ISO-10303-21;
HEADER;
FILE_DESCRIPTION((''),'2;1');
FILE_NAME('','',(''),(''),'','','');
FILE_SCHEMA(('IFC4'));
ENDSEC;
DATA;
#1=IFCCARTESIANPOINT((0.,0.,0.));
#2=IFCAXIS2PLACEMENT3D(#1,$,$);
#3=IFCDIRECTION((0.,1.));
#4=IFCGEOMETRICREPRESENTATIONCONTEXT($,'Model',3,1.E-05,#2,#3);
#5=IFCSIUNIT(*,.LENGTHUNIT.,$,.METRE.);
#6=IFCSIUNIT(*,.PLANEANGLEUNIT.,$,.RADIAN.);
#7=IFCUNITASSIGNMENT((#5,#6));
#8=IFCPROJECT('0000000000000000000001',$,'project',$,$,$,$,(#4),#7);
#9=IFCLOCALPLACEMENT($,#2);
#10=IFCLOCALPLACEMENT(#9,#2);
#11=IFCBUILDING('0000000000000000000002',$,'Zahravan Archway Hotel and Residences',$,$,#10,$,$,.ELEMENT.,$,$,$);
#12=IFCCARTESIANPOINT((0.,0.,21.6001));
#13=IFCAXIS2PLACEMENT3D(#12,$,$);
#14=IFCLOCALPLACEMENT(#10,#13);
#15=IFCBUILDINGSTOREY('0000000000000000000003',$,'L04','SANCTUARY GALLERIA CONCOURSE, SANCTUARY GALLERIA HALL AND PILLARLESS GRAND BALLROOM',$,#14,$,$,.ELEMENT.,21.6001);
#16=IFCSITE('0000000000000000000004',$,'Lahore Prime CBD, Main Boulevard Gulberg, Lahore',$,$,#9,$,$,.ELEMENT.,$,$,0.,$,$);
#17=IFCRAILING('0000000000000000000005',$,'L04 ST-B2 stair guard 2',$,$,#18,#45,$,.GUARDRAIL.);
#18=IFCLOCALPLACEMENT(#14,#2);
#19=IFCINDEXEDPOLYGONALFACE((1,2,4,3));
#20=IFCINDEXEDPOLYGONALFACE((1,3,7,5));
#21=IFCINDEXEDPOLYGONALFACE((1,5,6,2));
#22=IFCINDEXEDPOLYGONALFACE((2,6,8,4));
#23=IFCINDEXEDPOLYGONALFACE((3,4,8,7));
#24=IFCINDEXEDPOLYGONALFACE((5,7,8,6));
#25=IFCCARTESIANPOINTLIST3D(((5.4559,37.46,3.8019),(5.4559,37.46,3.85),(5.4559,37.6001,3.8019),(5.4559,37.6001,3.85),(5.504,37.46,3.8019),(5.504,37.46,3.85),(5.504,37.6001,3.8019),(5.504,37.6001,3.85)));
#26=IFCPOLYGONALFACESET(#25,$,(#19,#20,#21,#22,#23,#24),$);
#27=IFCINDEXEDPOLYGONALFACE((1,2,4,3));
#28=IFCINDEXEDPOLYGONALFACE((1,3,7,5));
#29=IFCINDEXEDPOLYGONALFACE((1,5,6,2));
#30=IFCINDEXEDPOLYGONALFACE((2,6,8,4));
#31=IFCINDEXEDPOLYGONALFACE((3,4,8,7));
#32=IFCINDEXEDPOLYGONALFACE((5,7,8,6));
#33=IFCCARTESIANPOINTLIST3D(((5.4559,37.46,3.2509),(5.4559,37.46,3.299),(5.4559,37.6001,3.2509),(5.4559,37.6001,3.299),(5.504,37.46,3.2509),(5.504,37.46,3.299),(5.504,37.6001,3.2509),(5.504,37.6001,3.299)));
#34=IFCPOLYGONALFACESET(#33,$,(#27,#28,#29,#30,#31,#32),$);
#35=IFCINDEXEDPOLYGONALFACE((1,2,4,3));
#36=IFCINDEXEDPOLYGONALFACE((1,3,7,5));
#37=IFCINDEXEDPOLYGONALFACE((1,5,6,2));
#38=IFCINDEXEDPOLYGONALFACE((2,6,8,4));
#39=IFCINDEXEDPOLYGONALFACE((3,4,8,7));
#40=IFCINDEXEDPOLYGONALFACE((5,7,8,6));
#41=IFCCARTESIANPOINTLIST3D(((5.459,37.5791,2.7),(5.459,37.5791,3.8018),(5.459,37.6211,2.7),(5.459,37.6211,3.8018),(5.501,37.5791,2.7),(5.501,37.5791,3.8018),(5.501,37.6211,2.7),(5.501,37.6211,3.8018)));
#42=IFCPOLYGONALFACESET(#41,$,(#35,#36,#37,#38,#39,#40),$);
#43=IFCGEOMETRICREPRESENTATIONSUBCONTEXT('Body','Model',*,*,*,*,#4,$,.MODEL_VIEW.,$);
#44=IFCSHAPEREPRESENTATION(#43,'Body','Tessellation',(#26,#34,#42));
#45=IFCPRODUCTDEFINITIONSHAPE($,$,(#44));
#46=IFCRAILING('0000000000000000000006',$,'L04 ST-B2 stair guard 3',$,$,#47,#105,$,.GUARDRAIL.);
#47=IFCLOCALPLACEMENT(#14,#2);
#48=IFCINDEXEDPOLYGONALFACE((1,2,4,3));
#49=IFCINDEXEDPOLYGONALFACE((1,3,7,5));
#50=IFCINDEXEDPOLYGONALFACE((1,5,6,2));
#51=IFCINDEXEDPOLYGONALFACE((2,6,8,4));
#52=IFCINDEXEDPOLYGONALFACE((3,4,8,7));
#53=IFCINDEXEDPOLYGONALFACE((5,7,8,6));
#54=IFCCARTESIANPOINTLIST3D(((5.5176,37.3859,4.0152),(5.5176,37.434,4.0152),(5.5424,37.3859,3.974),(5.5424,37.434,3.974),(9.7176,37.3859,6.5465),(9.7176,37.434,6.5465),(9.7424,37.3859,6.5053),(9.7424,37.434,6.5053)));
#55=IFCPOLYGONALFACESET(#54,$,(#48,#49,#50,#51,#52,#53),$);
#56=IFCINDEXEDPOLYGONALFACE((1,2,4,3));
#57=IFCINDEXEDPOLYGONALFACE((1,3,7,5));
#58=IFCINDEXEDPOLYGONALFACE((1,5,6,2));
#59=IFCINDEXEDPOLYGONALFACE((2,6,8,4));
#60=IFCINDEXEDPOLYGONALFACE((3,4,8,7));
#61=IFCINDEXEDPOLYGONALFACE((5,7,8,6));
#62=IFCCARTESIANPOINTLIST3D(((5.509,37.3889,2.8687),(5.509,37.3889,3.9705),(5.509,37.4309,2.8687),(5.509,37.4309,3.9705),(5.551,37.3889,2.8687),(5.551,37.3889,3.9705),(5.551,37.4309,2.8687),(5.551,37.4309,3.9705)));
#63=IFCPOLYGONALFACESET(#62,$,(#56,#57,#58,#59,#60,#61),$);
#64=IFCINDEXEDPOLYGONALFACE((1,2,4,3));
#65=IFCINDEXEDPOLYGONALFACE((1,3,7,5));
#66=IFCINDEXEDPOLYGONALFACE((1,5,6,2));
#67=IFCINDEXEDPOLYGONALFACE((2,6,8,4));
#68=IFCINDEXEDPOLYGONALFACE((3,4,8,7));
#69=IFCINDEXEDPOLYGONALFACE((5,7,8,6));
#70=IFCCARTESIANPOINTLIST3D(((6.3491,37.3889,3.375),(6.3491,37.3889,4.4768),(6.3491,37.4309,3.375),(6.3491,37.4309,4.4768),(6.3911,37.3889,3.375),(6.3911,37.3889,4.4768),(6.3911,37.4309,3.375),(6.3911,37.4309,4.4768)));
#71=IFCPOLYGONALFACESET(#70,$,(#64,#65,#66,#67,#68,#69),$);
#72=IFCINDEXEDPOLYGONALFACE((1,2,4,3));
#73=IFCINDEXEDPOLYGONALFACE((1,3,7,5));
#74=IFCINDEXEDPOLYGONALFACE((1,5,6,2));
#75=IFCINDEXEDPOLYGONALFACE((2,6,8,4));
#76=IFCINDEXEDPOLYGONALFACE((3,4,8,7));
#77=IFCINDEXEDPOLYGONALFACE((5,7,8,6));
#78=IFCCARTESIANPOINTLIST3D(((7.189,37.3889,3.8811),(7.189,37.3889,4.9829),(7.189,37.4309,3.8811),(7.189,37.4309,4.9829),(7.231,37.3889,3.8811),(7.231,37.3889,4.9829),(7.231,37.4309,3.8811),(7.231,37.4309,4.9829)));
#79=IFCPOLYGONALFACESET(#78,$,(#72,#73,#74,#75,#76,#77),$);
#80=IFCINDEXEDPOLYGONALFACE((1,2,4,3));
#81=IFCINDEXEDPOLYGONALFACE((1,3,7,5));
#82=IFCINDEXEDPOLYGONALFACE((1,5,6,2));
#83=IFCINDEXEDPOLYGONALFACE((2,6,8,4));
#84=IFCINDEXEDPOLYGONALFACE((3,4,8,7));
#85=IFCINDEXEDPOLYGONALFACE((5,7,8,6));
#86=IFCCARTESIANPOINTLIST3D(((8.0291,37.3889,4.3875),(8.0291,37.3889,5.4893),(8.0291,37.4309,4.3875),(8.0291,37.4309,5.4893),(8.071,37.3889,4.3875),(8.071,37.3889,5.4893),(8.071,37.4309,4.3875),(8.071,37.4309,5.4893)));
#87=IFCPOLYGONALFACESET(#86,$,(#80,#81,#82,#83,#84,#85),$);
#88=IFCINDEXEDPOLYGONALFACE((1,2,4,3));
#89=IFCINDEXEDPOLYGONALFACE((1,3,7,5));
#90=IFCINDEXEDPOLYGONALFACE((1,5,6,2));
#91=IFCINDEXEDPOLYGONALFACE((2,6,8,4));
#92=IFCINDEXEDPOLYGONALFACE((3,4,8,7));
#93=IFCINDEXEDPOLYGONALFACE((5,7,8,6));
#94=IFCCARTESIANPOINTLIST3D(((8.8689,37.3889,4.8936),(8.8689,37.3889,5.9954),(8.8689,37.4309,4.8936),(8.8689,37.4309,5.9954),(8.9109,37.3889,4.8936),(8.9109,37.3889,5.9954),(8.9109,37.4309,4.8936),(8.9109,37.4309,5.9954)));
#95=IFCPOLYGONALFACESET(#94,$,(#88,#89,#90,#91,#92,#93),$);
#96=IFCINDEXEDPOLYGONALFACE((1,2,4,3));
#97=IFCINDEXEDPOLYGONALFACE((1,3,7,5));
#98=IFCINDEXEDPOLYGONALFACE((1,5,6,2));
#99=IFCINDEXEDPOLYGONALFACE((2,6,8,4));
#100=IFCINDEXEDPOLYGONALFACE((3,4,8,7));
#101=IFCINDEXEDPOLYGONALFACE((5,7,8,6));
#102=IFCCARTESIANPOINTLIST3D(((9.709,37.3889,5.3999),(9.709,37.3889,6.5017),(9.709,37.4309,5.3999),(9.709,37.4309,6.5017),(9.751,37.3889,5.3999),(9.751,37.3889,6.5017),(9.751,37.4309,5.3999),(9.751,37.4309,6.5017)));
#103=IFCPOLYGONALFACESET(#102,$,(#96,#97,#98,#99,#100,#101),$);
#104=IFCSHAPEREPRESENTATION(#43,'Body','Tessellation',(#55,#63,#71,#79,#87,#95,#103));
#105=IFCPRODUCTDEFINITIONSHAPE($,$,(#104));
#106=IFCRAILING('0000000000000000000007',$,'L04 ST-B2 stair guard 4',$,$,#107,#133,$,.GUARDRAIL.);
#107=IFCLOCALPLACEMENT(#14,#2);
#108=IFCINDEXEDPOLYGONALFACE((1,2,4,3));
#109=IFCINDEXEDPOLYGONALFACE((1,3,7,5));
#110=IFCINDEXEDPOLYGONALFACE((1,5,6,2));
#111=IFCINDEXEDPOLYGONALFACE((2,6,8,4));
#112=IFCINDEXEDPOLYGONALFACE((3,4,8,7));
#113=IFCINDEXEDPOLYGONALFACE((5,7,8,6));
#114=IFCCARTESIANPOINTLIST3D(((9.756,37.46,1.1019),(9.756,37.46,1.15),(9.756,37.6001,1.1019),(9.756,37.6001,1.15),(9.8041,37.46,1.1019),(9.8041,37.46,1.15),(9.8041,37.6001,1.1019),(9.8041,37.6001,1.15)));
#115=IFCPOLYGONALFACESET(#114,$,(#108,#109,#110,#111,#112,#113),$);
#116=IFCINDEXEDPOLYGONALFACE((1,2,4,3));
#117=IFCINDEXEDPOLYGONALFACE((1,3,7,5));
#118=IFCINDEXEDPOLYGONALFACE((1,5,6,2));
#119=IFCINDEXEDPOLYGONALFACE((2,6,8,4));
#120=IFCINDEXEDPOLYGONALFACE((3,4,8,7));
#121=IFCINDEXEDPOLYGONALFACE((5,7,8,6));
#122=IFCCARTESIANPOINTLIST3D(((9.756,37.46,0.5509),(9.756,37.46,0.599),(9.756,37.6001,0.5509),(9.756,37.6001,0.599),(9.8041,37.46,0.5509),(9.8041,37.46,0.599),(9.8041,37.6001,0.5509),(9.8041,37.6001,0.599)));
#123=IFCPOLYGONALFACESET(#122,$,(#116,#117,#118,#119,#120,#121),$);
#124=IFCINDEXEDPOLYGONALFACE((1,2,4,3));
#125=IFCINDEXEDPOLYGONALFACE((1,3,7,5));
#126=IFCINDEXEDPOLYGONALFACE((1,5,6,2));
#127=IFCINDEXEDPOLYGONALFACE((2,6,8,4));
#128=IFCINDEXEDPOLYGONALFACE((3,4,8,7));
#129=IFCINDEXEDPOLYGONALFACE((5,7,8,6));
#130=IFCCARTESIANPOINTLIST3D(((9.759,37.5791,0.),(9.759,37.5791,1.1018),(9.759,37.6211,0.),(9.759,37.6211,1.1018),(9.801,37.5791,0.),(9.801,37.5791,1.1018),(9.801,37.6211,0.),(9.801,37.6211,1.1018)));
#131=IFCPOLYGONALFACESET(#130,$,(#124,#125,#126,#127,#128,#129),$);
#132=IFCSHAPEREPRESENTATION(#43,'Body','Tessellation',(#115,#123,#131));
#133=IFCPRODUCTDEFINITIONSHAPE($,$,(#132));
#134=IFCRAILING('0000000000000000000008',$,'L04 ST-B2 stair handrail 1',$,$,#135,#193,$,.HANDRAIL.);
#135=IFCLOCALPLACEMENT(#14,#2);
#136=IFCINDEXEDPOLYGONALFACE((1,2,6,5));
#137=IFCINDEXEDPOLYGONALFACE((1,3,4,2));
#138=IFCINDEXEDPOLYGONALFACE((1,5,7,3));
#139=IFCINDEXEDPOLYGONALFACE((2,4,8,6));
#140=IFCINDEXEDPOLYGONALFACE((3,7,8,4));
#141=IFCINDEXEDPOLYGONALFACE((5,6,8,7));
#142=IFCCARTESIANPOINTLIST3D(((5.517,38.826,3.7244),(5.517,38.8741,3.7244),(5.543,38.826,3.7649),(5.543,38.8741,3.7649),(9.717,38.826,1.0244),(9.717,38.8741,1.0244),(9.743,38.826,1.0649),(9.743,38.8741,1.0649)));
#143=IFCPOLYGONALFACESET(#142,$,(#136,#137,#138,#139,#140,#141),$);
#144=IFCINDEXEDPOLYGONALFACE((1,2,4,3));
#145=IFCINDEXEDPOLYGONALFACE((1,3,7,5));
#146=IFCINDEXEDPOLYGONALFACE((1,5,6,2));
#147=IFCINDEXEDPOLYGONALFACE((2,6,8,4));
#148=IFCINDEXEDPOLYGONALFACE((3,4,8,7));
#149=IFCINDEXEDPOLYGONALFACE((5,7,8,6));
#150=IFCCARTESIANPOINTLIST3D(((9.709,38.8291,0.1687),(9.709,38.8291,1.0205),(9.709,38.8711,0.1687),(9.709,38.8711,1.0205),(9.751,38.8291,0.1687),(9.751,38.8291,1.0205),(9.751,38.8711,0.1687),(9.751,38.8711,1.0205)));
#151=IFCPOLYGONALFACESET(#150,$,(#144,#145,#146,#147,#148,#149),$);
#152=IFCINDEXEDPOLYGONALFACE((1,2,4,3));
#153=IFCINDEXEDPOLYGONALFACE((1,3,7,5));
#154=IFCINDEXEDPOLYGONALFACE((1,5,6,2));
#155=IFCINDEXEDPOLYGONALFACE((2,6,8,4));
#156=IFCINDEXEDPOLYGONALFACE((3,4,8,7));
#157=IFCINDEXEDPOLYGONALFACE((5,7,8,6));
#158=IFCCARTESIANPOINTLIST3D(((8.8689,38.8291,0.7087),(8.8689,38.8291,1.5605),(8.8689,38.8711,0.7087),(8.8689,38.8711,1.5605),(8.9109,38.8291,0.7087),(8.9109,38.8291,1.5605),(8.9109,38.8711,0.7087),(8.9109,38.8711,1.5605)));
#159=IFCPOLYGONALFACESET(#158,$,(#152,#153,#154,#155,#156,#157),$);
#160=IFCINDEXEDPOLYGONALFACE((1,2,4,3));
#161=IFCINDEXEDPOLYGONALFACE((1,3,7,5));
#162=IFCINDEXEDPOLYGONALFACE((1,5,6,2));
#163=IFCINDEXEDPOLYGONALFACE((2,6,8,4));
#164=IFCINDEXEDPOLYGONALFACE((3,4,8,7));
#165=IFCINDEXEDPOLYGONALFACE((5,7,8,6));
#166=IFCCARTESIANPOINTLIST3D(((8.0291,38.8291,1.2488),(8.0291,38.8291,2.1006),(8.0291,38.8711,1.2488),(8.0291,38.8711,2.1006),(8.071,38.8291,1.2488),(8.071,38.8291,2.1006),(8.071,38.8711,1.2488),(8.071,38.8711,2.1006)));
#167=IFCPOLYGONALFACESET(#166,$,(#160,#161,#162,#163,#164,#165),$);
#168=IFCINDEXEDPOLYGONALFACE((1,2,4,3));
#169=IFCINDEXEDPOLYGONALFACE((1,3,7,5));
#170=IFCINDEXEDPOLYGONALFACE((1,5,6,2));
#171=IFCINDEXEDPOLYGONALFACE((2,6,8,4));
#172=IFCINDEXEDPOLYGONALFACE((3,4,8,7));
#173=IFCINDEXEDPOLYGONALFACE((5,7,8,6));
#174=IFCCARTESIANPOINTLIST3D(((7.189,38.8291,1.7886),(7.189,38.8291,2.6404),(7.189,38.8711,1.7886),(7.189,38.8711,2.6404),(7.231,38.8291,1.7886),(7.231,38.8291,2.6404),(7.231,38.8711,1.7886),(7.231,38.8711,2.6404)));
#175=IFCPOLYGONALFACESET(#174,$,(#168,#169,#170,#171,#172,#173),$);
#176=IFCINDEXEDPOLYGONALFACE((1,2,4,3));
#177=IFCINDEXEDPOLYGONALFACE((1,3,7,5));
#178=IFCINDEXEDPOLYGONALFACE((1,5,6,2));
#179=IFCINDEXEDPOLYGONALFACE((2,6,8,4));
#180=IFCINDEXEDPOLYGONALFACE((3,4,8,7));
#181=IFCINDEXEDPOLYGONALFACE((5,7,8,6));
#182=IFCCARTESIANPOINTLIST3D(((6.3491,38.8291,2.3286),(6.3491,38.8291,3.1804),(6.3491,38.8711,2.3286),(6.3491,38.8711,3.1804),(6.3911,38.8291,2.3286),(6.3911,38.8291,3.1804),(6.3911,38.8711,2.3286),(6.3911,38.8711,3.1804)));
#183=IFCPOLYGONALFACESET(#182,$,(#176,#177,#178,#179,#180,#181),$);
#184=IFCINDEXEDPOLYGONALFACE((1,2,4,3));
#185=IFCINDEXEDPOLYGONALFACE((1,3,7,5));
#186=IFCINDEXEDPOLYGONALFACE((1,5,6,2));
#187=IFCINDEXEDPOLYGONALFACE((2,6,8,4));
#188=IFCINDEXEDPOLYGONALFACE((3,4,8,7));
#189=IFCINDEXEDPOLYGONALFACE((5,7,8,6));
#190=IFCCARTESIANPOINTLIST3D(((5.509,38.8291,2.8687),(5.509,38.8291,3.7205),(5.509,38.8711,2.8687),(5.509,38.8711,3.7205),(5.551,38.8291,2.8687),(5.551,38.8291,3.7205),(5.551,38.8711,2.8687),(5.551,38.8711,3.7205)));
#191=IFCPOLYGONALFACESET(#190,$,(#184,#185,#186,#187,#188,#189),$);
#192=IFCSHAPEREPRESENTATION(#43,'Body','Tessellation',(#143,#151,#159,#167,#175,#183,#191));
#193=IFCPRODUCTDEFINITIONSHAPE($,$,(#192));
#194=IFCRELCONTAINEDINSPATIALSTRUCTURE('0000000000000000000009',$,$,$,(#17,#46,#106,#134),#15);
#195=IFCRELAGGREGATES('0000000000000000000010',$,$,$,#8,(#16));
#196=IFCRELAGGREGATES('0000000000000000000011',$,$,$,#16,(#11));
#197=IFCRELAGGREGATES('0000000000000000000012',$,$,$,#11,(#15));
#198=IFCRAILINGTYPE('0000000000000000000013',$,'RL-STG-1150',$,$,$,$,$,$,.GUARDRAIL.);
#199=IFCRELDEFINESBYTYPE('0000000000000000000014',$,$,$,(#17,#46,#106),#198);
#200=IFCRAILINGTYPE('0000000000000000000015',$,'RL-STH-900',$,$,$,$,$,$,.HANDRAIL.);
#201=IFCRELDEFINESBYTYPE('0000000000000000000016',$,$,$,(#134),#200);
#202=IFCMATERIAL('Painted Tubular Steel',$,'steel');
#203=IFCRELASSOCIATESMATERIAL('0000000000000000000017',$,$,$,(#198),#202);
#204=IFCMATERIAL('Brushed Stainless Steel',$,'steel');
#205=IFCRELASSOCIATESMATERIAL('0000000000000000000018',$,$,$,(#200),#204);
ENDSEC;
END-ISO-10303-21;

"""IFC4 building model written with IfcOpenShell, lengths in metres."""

from ifc_helpers import new_model, si_unit, direction, frame, origin, origin_2d, place, context, subcontext, project, spatial, rectangle, extrude, material, type_object, element, save


model = new_model("IFC4")

# Units and contexts
model_context = context("Model", 3, precision=1e-05, world=origin(), true_north=direction((0.0, 1.0)))
body_context = subcontext(model_context, "Body", "Model", "MODEL_VIEW")
ifc_project = project(units=[si_unit("LENGTHUNIT", "METRE"), si_unit("PLANEANGLEUNIT", "RADIAN")], contexts=[model_context])

# Site, building, storey
site_placement = place(None, origin())
site = spatial("IfcSite", under=ifc_project, at=site_placement, Name="Lahore Prime CBD, Main Boulevard Gulberg, Lahore", CompositionType="ELEMENT", RefElevation=0.0)
building_placement = place(site_placement, origin())
building = spatial("IfcBuilding", under=site, at=building_placement, Name="Zahravan Archway Hotel and Residences", CompositionType="ELEMENT")
storey_placement = place(building_placement, frame((0.0, 0.0, 21.6001)))
storey = spatial("IfcBuildingStorey", under=building, at=storey_placement, Name="L04", Description="SANCTUARY GALLERIA CONCOURSE, SANCTUARY GALLERIA HALL AND PILLARLESS GRAND BALLROOM", CompositionType="ELEMENT", Elevation=21.6001)

# Railings
ifc_material_1 = material(Name="Painted Tubular Steel", Category="steel")
railing_type_1 = type_object("IfcRailingType", Name="RL-STG-1150", PredefinedType="GUARDRAIL", material=ifc_material_1)
railing_1_placement = place(storey_placement, frame((5.48, 37.6001, 2.7)))
element("IfcRailing", 1, at=railing_1_placement, inside=storey, type_object=railing_type_1, Name="L04 ST-B2 stair guard 2", PredefinedType="GUARDRAIL", context=body_context, shape_type="SweptSolid", body=[
    extrude(rectangle(XDim=0.0481, YDim=0.0481, at=origin_2d()), frame((0.0, 0.0, 1.126), z_axis=(0.0, -1.0, 0.0), x_axis=(1.0, 0.0, 0.0)), (0.0, 0.0, 1.0), 0.1401),
    extrude(rectangle(XDim=0.0481, YDim=0.0481, at=origin_2d()), frame((0.0, 0.0, 0.575), z_axis=(0.0, -1.0, 0.0), x_axis=(1.0, 0.0, 0.0)), (0.0, 0.0, 1.0), 0.1401),
    extrude(rectangle(XDim=0.042, YDim=0.042, at=origin_2d()), origin(), (0.0, 0.0, 1.0), 1.1018),
])
railing_2_placement = place(storey_placement, frame((5.53, 37.4099, 2.8687)))
element("IfcRailing", 2, at=railing_2_placement, inside=storey, type_object=railing_type_1, Name="L04 ST-B2 stair guard 3", PredefinedType="GUARDRAIL", context=body_context, shape_type="SweptSolid", body=[
    extrude(rectangle(XDim=0.0481, YDim=0.0481, at=origin_2d()), frame((0.0, 0.0, 1.126), z_axis=(0.856476, 0.0, 0.516186), x_axis=(0.0, 1.0, 0.0)), (0.0, 0.0, 1.0), 4.9038),
    extrude(rectangle(XDim=0.042, YDim=0.042, at=origin_2d()), origin(), (0.0, 0.0, 1.0), 1.1018),
    extrude(rectangle(XDim=0.042, YDim=0.042, at=origin_2d()), frame((0.8401, 0.0, 0.5063)), (0.0, 0.0, 1.0), 1.1018),
    extrude(rectangle(XDim=0.042, YDim=0.042, at=origin_2d()), frame((1.6799, 0.0, 1.0125)), (0.0, 0.0, 1.0), 1.1018),
    extrude(rectangle(XDim=0.042, YDim=0.042, at=origin_2d()), frame((2.52, 0.0, 1.5188)), (0.0, 0.0, 1.0), 1.1018),
    extrude(rectangle(XDim=0.042, YDim=0.042, at=origin_2d()), frame((3.3599, 0.0, 2.0249)), (0.0, 0.0, 1.0), 1.1018),
    extrude(rectangle(XDim=0.042, YDim=0.042, at=origin_2d()), frame((4.2, 0.0, 2.5312)), (0.0, 0.0, 1.0), 1.1018),
])
railing_3_placement = place(storey_placement, frame((9.78, 37.6001, 0.0)))
element("IfcRailing", 3, at=railing_3_placement, inside=storey, type_object=railing_type_1, Name="L04 ST-B2 stair guard 4", PredefinedType="GUARDRAIL", context=body_context, shape_type="SweptSolid", body=[
    extrude(rectangle(XDim=0.0481, YDim=0.0481, at=origin_2d()), frame((0.0, 0.0, 1.126), z_axis=(0.0, -1.0, 0.0), x_axis=(1.0, 0.0, 0.0)), (0.0, 0.0, 1.0), 0.1401),
    extrude(rectangle(XDim=0.0481, YDim=0.0481, at=origin_2d()), frame((0.0, 0.0, 0.575), z_axis=(0.0, -1.0, 0.0), x_axis=(1.0, 0.0, 0.0)), (0.0, 0.0, 1.0), 0.1401),
    extrude(rectangle(XDim=0.042, YDim=0.042, at=origin_2d()), origin(), (0.0, 0.0, 1.0), 1.1018),
])
ifc_material_2 = material(Name="Brushed Stainless Steel", Category="steel")
railing_type_2 = type_object("IfcRailingType", Name="RL-STH-900", PredefinedType="HANDRAIL", material=ifc_material_2)
railing_4_placement = place(storey_placement, frame((9.73, 38.8501, 0.1687)))
element("IfcRailing", 4, at=railing_4_placement, inside=storey, type_object=railing_type_2, Name="L04 ST-B2 stair handrail 1", PredefinedType="HANDRAIL", context=body_context, shape_type="SweptSolid", body=[
    extrude(rectangle(XDim=0.0481, YDim=0.0481, at=origin_2d()), frame((0.0, 0.0, 0.876), z_axis=(-0.84118, 0.0, 0.540755), x_axis=(0.0, -1.0, 0.0)), (0.0, 0.0, 1.0), 4.9929),
    extrude(rectangle(XDim=0.042, YDim=0.042, at=origin_2d()), origin(), (0.0, 0.0, 1.0), 0.8518),
    extrude(rectangle(XDim=0.042, YDim=0.042, at=origin_2d()), frame((-0.8401, 0.0, 0.54)), (0.0, 0.0, 1.0), 0.8518),
    extrude(rectangle(XDim=0.042, YDim=0.042, at=origin_2d()), frame((-1.6799, 0.0, 1.0801)), (0.0, 0.0, 1.0), 0.8518),
    extrude(rectangle(XDim=0.042, YDim=0.042, at=origin_2d()), frame((-2.52, 0.0, 1.6199)), (0.0, 0.0, 1.0), 0.8518),
    extrude(rectangle(XDim=0.042, YDim=0.042, at=origin_2d()), frame((-3.3599, 0.0, 2.1599)), (0.0, 0.0, 1.0), 0.8518),
    extrude(rectangle(XDim=0.042, YDim=0.042, at=origin_2d()), frame((-4.2, 0.0, 2.7)), (0.0, 0.0, 1.0), 0.8518),
])

save(model, "model.ifc")
